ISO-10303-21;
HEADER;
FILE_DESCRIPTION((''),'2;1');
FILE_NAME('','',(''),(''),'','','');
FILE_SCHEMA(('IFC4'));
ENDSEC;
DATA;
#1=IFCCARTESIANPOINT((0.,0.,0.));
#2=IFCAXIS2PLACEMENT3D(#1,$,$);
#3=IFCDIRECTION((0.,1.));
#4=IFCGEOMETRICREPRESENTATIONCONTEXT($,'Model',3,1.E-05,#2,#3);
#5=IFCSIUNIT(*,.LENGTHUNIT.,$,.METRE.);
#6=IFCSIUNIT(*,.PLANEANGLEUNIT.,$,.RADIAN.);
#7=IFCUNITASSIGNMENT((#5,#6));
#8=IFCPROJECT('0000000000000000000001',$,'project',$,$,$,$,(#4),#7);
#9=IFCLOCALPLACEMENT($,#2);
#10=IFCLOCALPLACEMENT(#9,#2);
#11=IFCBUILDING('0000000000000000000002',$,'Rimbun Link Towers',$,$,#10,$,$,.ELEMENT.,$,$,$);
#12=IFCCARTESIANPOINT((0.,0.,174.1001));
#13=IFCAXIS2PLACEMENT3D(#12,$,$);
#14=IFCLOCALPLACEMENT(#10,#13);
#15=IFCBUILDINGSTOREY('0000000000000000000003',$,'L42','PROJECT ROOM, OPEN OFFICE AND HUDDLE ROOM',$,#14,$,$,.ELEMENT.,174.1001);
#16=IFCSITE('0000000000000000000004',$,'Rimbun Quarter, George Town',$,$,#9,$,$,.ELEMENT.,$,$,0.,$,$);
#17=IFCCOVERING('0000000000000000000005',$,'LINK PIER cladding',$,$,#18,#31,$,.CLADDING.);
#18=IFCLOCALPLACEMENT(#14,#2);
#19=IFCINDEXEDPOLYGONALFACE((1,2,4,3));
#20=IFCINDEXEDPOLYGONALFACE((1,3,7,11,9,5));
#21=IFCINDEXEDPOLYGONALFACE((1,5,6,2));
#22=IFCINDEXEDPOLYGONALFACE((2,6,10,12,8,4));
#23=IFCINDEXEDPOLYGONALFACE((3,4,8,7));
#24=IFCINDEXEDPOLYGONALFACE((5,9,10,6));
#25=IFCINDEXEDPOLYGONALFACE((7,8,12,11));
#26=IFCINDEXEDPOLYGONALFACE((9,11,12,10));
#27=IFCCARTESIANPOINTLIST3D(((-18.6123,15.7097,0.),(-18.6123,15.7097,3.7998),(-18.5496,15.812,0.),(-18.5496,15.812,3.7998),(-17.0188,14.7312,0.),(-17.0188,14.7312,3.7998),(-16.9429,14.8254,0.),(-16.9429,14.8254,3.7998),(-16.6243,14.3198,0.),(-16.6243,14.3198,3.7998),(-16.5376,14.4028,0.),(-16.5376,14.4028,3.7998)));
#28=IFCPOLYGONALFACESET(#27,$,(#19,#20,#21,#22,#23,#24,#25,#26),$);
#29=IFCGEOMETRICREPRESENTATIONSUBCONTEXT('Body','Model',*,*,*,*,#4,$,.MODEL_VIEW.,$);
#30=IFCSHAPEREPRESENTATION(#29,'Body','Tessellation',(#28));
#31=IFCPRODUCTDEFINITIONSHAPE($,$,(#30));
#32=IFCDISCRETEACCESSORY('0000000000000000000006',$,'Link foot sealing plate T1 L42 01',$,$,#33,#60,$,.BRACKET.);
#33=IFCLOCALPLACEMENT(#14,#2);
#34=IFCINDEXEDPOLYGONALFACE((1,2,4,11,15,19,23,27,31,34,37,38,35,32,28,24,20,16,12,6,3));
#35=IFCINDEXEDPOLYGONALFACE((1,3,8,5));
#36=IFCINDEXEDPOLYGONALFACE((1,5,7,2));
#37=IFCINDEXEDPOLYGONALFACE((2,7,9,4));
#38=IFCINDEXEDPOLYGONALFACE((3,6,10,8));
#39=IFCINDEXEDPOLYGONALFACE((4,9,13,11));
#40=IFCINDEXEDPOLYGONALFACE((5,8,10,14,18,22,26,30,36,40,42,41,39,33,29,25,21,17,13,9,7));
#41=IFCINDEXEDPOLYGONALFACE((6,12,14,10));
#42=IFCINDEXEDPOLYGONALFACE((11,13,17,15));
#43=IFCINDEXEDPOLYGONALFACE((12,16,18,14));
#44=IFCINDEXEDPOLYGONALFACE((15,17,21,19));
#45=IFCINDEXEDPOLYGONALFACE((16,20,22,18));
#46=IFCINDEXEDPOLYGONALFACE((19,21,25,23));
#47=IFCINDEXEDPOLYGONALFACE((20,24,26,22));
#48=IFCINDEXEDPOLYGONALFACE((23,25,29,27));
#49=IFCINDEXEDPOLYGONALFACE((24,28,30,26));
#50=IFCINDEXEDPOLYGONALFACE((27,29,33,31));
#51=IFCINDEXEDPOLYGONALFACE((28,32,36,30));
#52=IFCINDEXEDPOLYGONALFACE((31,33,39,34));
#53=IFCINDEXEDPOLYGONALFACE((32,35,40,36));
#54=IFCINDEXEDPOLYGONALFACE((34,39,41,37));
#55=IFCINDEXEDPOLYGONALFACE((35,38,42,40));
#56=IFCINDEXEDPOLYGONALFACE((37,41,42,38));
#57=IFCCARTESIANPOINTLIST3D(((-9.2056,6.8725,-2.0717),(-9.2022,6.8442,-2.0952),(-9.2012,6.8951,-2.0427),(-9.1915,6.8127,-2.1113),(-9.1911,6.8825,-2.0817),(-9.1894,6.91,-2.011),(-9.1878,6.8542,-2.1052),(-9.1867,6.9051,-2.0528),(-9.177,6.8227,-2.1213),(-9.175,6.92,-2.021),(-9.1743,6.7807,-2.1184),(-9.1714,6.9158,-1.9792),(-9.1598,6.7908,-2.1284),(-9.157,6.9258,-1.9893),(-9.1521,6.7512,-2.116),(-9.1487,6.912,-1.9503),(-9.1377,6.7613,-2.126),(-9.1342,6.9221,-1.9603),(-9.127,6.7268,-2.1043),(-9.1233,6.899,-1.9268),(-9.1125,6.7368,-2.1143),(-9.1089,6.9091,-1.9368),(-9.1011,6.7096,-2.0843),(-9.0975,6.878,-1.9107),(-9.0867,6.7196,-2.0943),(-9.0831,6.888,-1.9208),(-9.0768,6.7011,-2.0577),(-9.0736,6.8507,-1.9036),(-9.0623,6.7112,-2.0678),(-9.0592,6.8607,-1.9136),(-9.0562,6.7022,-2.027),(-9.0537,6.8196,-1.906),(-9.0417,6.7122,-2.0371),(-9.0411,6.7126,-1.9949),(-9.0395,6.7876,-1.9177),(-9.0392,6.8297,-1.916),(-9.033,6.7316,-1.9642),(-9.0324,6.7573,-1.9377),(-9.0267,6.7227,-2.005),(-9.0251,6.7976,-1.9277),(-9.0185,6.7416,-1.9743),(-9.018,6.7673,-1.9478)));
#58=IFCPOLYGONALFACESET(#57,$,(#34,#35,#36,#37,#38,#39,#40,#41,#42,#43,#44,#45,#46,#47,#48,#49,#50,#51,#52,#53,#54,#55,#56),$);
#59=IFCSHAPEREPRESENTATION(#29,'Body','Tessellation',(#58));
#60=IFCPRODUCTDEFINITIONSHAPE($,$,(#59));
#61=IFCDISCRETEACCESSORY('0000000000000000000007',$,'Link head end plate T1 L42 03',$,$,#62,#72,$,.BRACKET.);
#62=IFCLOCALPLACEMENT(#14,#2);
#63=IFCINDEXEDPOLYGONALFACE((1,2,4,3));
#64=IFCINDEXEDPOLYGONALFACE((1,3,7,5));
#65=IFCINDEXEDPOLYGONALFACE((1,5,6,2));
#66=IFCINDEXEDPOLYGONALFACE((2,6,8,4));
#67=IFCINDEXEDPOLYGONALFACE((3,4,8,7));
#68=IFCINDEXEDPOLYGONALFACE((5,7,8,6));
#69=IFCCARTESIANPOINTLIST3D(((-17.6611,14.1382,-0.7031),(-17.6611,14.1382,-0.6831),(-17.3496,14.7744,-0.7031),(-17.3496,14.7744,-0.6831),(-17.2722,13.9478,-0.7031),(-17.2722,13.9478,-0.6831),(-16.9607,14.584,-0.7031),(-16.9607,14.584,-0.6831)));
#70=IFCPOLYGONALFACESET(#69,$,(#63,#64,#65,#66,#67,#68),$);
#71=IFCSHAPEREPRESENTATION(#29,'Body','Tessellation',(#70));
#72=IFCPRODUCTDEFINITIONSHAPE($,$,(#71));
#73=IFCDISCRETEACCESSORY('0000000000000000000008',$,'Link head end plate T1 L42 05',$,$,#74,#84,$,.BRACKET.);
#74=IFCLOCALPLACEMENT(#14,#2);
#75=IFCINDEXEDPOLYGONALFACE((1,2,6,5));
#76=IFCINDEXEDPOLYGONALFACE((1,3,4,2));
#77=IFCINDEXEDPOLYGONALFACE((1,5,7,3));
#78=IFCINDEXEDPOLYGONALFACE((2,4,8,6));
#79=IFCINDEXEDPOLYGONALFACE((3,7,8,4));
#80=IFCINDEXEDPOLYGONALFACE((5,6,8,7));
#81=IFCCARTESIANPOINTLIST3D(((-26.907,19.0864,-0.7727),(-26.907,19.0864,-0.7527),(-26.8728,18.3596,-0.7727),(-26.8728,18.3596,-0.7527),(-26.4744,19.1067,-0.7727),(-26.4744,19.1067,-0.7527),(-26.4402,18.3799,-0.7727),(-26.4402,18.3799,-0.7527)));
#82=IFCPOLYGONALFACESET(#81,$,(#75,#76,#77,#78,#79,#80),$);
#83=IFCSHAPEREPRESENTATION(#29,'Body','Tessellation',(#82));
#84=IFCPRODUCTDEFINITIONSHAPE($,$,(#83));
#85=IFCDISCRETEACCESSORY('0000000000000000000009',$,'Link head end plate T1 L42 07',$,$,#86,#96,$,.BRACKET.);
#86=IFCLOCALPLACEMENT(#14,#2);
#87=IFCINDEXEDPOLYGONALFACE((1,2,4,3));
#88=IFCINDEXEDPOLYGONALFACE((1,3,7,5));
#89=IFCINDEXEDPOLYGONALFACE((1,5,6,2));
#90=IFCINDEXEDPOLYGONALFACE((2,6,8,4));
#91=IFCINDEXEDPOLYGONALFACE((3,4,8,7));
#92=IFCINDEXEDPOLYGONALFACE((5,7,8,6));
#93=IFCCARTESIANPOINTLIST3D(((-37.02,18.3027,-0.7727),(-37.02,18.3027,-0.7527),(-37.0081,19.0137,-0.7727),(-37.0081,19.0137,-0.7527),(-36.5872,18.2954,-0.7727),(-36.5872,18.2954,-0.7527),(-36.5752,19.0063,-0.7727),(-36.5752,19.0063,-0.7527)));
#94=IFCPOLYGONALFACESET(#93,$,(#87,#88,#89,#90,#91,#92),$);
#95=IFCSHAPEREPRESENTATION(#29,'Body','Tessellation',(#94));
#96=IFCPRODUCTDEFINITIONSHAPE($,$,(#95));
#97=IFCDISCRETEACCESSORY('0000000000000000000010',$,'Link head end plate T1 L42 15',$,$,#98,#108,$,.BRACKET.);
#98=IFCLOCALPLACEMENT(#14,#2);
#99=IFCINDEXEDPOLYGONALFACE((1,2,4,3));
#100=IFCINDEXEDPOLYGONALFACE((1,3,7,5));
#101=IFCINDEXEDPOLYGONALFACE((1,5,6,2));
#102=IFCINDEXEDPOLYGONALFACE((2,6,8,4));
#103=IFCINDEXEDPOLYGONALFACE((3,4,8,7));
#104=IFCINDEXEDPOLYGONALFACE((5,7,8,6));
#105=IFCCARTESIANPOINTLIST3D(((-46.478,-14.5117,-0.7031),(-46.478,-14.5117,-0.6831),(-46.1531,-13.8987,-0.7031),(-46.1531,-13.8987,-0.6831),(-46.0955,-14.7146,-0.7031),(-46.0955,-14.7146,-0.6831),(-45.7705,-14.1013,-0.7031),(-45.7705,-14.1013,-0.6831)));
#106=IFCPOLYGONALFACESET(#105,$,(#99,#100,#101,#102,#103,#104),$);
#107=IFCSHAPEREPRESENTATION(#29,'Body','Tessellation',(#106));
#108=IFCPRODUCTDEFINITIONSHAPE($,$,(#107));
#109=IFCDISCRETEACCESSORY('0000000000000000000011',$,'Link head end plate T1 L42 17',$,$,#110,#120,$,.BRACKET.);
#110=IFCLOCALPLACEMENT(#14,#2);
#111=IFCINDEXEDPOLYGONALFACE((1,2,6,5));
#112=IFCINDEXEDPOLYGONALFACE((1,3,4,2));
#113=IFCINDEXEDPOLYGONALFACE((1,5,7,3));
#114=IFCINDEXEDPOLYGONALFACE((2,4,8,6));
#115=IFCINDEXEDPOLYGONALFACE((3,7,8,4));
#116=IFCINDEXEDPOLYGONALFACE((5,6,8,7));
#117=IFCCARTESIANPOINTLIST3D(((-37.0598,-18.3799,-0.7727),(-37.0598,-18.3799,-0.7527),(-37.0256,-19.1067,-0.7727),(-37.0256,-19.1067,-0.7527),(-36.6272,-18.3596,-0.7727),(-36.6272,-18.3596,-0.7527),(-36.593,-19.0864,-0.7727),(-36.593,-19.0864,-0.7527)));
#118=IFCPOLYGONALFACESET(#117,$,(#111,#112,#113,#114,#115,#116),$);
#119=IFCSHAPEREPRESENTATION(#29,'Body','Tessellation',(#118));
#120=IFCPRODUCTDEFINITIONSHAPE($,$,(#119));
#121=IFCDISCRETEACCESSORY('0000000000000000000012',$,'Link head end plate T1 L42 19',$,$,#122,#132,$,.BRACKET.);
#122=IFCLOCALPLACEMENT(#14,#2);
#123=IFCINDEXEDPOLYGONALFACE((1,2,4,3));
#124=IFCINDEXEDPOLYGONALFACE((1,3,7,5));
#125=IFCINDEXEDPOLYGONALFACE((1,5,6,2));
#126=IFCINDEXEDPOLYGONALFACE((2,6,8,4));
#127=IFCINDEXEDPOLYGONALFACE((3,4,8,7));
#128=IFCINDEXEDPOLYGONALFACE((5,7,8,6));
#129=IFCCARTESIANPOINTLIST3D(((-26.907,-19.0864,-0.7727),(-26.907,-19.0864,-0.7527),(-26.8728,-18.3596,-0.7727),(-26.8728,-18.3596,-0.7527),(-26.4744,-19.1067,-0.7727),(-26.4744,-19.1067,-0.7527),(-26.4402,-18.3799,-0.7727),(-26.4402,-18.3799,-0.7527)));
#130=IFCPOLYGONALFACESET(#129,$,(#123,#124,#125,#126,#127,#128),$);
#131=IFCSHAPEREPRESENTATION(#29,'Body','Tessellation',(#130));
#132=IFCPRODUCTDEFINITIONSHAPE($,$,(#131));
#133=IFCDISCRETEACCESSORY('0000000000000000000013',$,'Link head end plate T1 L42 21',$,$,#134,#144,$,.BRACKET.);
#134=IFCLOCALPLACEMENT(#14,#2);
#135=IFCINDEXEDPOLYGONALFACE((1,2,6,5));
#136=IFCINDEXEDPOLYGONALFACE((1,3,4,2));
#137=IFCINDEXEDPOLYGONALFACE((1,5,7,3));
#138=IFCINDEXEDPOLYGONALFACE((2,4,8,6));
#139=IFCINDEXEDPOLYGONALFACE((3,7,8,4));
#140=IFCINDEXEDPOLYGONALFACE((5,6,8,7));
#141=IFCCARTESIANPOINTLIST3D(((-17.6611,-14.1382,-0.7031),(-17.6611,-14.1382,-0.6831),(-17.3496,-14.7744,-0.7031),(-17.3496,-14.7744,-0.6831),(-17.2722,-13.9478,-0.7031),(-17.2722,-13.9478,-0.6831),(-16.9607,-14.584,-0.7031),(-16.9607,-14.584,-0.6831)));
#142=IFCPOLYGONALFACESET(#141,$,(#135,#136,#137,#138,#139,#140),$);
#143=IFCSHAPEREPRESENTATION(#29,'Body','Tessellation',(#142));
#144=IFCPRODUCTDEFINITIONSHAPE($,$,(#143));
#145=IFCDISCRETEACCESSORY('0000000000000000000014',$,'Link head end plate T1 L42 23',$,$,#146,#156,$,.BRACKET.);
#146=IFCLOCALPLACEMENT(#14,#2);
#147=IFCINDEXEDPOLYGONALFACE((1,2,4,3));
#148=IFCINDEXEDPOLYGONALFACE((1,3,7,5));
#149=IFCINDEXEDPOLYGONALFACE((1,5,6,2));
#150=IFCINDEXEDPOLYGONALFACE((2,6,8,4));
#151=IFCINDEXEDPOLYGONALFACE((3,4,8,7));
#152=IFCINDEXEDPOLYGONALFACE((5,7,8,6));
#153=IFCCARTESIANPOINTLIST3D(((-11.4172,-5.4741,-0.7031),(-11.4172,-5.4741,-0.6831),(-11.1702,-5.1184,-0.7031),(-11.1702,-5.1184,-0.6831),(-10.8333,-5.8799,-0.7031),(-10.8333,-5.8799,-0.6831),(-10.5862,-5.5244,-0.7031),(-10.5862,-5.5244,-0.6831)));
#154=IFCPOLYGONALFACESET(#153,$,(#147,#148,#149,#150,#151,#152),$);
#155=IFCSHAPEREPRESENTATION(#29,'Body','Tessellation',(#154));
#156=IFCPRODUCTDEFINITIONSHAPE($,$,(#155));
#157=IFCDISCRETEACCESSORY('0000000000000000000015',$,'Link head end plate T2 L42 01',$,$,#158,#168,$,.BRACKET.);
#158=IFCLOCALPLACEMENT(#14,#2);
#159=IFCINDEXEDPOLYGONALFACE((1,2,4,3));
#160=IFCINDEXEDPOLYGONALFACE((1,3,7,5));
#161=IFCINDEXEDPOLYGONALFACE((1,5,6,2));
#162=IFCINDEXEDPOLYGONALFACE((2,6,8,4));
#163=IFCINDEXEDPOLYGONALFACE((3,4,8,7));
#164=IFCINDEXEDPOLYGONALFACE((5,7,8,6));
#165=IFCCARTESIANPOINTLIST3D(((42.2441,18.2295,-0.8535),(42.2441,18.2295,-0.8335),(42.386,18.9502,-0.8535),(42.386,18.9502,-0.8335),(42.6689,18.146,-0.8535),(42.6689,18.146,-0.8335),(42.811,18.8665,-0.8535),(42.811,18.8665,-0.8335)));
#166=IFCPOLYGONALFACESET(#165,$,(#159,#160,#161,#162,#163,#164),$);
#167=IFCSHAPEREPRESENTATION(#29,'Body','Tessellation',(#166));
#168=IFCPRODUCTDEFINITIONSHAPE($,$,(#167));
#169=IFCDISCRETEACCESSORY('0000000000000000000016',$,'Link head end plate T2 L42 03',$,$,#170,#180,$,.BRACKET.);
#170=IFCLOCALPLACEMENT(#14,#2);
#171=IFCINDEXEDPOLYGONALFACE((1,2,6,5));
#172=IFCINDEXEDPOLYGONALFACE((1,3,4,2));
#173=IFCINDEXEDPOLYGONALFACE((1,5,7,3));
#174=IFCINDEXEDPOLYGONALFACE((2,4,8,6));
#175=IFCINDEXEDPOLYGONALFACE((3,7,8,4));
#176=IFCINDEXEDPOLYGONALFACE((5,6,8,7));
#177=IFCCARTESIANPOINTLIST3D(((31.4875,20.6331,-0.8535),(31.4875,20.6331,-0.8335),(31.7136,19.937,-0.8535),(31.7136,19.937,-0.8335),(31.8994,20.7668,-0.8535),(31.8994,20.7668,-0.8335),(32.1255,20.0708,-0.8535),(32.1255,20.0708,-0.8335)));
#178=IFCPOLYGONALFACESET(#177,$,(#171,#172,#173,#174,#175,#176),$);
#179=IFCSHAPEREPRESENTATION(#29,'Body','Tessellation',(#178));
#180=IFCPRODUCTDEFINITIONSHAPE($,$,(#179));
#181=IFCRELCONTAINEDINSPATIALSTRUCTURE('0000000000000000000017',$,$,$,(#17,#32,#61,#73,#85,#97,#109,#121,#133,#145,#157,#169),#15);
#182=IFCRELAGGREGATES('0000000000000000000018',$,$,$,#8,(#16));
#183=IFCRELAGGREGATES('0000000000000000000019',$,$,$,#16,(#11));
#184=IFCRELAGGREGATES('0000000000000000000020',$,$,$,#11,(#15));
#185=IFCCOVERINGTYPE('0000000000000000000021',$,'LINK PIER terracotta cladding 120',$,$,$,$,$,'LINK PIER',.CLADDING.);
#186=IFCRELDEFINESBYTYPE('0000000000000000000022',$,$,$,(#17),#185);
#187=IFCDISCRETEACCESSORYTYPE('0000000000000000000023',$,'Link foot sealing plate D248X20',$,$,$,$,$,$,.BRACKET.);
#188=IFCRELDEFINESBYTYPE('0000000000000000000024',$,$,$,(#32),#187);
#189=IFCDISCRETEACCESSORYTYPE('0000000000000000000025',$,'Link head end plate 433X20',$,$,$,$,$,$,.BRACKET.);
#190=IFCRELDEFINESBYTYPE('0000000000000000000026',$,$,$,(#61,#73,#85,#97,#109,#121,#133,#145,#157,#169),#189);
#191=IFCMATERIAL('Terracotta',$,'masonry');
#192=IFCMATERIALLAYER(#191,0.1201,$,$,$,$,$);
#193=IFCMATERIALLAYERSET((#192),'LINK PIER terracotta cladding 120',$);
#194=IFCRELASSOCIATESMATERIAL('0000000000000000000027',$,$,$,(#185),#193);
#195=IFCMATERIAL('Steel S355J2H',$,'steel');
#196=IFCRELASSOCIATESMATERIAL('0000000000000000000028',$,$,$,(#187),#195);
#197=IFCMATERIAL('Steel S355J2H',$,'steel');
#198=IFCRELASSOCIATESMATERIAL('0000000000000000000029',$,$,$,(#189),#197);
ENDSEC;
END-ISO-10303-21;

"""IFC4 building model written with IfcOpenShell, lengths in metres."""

from ifc_helpers import new_model, si_unit, direction, frame, origin, origin_2d, place, context, subcontext, project, spatial, polyline, rectangle, circle, outline, extrude, material, layer, layer_set, material_profile, profile_set, type_object, element, save


model = new_model("IFC4")

# Units and contexts
model_context = context("Model", 3, precision=1e-05, world=origin(), true_north=direction((0.0, 1.0)))
body_context = subcontext(model_context, "Body", "Model", "MODEL_VIEW")
ifc_project = project(units=[si_unit("LENGTHUNIT", "METRE"), si_unit("PLANEANGLEUNIT", "RADIAN")], contexts=[model_context])

# Site, building, storey
site_placement = place(None, origin())
site = spatial("IfcSite", under=ifc_project, at=site_placement, Name="Rimbun Quarter, George Town", CompositionType="ELEMENT", RefElevation=0.0)
building_placement = place(site_placement, origin())
building = spatial("IfcBuilding", under=site, at=building_placement, Name="Rimbun Link Towers", CompositionType="ELEMENT")
storey_placement = place(building_placement, frame((0.0, 0.0, 174.1001)))
storey = spatial("IfcBuildingStorey", under=building, at=storey_placement, Name="L42", Description="PROJECT ROOM, OPEN OFFICE AND HUDDLE ROOM", CompositionType="ELEMENT", Elevation=174.1001)

# Covering
ifc_material_1 = material(Name="Terracotta", Category="masonry")
ifc_layer_1 = layer(ifc_material_1, 0.1201)
ifc_layer_set_1 = layer_set([ifc_layer_1], Name="LINK PIER terracotta cladding 120")
covering_type_1 = type_object("IfcCoveringType", Name="LINK PIER terracotta cladding 120", ElementType="LINK PIER", PredefinedType="CLADDING", material=ifc_layer_set_1)
covering_1_placement = place(storey_placement, origin())
element("IfcCovering", 1, at=covering_1_placement, inside=storey, type_object=covering_type_1, Name="LINK PIER cladding", PredefinedType="CLADDING", context=body_context, shape_type="SweptSolid", body=[
    extrude(outline(polyline([(-18.6123, 15.7097), (-17.0188, 14.7312), (-16.6243, 14.3198), (-16.5376, 14.4028), (-16.9429, 14.8254), (-18.5496, 15.812), (-18.6123, 15.7097)])), origin(), (0.0, 0.0, 1.0), 3.7998),
])

# Discrete accessories
ifc_material_2 = material(Name="Steel S355J2H", Category="steel")
ifc_material_profile_1 = material_profile(ifc_material_2, circle(Radius=0.124, at=origin_2d()), Name="PL D248")
ifc_profile_set_1 = profile_set([ifc_material_profile_1], Name="Steel S355J2H")
discrete_accessory_type_1 = type_object("IfcDiscreteAccessoryType", Name="Link foot sealing plate D248X20", PredefinedType="BRACKET", material=ifc_profile_set_1)
discrete_accessory_1_placement = place(storey_placement, frame((-9.1187, 6.8081, -2.011), z_axis=(0.713229, 0.495633, -0.495633), x_axis=(-0.570657, 0.821189, 0.0)))
element("IfcDiscreteAccessory", 2, at=discrete_accessory_1_placement, inside=storey, type_object=discrete_accessory_type_1, Name="Link foot sealing plate T1 L42 01", PredefinedType="BRACKET", context=body_context, shape_type="SweptSolid", body=[
    extrude(circle(Radius=0.124, at=origin_2d()), origin(), (0.0, 0.0, 1.0), 0.0203),
])
ifc_material_3 = material(Name="Steel S355J2H", Category="steel")
ifc_material_profile_2 = material_profile(ifc_material_3, rectangle(XDim=0.4331, YDim=0.4331, at=origin_2d()), Name="PL 433x433")
ifc_profile_set_2 = profile_set([ifc_material_profile_2], Name="Steel S355J2H")
discrete_accessory_type_2 = type_object("IfcDiscreteAccessoryType", Name="Link head end plate 433X20", PredefinedType="BRACKET", material=ifc_profile_set_2)
discrete_accessory_2_placement = place(storey_placement, frame((0.0, 0.0, -0.7031)))
element("IfcDiscreteAccessory", 3, at=discrete_accessory_2_placement, inside=storey, type_object=discrete_accessory_type_2, Name="Link head end plate T1 L42 03", PredefinedType="BRACKET", context=body_context, shape_type="SweptSolid", body=[
    extrude(outline(polyline([(-17.2722, 13.9478), (-16.9607, 14.584), (-17.3496, 14.7744), (-17.6611, 14.1382), (-17.2722, 13.9478)])), origin(), (0.0, 0.0, 1.0), 0.02),
])
discrete_accessory_3_placement = place(storey_placement, frame((0.0, 0.0, -0.7727)))
element("IfcDiscreteAccessory", 4, at=discrete_accessory_3_placement, inside=storey, type_object=discrete_accessory_type_2, Name="Link head end plate T1 L42 05", PredefinedType="BRACKET", context=body_context, shape_type="SweptSolid", body=[
    extrude(outline(polyline([(-26.4402, 18.3799), (-26.4744, 19.1067), (-26.907, 19.0864), (-26.8728, 18.3596), (-26.4402, 18.3799)])), origin(), (0.0, 0.0, 1.0), 0.02),
])
discrete_accessory_4_placement = place(storey_placement, frame((0.0, 0.0, -0.7727)))
element("IfcDiscreteAccessory", 5, at=discrete_accessory_4_placement, inside=storey, type_object=discrete_accessory_type_2, Name="Link head end plate T1 L42 07", PredefinedType="BRACKET", context=body_context, shape_type="SweptSolid", body=[
    extrude(outline(polyline([(-36.5872, 18.2954), (-36.5752, 19.0063), (-37.0081, 19.0137), (-37.02, 18.3027), (-36.5872, 18.2954)])), origin(), (0.0, 0.0, 1.0), 0.02),
])
discrete_accessory_5_placement = place(storey_placement, frame((0.0, 0.0, -0.7031)))
element("IfcDiscreteAccessory", 6, at=discrete_accessory_5_placement, inside=storey, type_object=discrete_accessory_type_2, Name="Link head end plate T1 L42 15", PredefinedType="BRACKET", context=body_context, shape_type="SweptSolid", body=[
    extrude(outline(polyline([(-46.1531, -13.8987), (-46.478, -14.5117), (-46.0955, -14.7146), (-45.7705, -14.1013), (-46.1531, -13.8987)])), origin(), (0.0, 0.0, 1.0), 0.02),
])
discrete_accessory_6_placement = place(storey_placement, frame((0.0, 0.0, -0.7727)))
element("IfcDiscreteAccessory", 7, at=discrete_accessory_6_placement, inside=storey, type_object=discrete_accessory_type_2, Name="Link head end plate T1 L42 17", PredefinedType="BRACKET", context=body_context, shape_type="SweptSolid", body=[
    extrude(outline(polyline([(-37.0598, -18.3799), (-37.0256, -19.1067), (-36.593, -19.0864), (-36.6272, -18.3596), (-37.0598, -18.3799)])), origin(), (0.0, 0.0, 1.0), 0.02),
])
discrete_accessory_7_placement = place(storey_placement, frame((0.0, 0.0, -0.7727)))
element("IfcDiscreteAccessory", 8, at=discrete_accessory_7_placement, inside=storey, type_object=discrete_accessory_type_2, Name="Link head end plate T1 L42 19", PredefinedType="BRACKET", context=body_context, shape_type="SweptSolid", body=[
    extrude(outline(polyline([(-26.8728, -18.3596), (-26.907, -19.0864), (-26.4744, -19.1067), (-26.4402, -18.3799), (-26.8728, -18.3596)])), origin(), (0.0, 0.0, 1.0), 0.02),
])
discrete_accessory_8_placement = place(storey_placement, frame((0.0, 0.0, -0.7031)))
element("IfcDiscreteAccessory", 9, at=discrete_accessory_8_placement, inside=storey, type_object=discrete_accessory_type_2, Name="Link head end plate T1 L42 21", PredefinedType="BRACKET", context=body_context, shape_type="SweptSolid", body=[
    extrude(outline(polyline([(-17.6611, -14.1382), (-17.3496, -14.7744), (-16.9607, -14.584), (-17.2722, -13.9478), (-17.6611, -14.1382)])), origin(), (0.0, 0.0, 1.0), 0.02),
])
discrete_accessory_9_placement = place(storey_placement, frame((0.0, 0.0, -0.7031)))
element("IfcDiscreteAccessory", 10, at=discrete_accessory_9_placement, inside=storey, type_object=discrete_accessory_type_2, Name="Link head end plate T1 L42 23", PredefinedType="BRACKET", context=body_context, shape_type="SweptSolid", body=[
    extrude(outline(polyline([(-11.4172, -5.4741), (-10.8333, -5.8799), (-10.5862, -5.5244), (-11.1702, -5.1184), (-11.4172, -5.4741)])), origin(), (0.0, 0.0, 1.0), 0.02),
])
discrete_accessory_10_placement = place(storey_placement, frame((0.0, 0.0, -0.8535)))
element("IfcDiscreteAccessory", 11, at=discrete_accessory_10_placement, inside=storey, type_object=discrete_accessory_type_2, Name="Link head end plate T2 L42 01", PredefinedType="BRACKET", context=body_context, shape_type="SweptSolid", body=[
    extrude(outline(polyline([(42.6689, 18.146), (42.811, 18.8665), (42.386, 18.9502), (42.2441, 18.2295), (42.6689, 18.146)])), origin(), (0.0, 0.0, 1.0), 0.02),
])
discrete_accessory_11_placement = place(storey_placement, frame((0.0, 0.0, -0.8535)))
element("IfcDiscreteAccessory", 12, at=discrete_accessory_11_placement, inside=storey, type_object=discrete_accessory_type_2, Name="Link head end plate T2 L42 03", PredefinedType="BRACKET", context=body_context, shape_type="SweptSolid", body=[
    extrude(outline(polyline([(32.1255, 20.0708), (31.8994, 20.7668), (31.4875, 20.6331), (31.7136, 19.937), (32.1255, 20.0708)])), origin(), (0.0, 0.0, 1.0), 0.02),
])

save(model, "model.ifc")
